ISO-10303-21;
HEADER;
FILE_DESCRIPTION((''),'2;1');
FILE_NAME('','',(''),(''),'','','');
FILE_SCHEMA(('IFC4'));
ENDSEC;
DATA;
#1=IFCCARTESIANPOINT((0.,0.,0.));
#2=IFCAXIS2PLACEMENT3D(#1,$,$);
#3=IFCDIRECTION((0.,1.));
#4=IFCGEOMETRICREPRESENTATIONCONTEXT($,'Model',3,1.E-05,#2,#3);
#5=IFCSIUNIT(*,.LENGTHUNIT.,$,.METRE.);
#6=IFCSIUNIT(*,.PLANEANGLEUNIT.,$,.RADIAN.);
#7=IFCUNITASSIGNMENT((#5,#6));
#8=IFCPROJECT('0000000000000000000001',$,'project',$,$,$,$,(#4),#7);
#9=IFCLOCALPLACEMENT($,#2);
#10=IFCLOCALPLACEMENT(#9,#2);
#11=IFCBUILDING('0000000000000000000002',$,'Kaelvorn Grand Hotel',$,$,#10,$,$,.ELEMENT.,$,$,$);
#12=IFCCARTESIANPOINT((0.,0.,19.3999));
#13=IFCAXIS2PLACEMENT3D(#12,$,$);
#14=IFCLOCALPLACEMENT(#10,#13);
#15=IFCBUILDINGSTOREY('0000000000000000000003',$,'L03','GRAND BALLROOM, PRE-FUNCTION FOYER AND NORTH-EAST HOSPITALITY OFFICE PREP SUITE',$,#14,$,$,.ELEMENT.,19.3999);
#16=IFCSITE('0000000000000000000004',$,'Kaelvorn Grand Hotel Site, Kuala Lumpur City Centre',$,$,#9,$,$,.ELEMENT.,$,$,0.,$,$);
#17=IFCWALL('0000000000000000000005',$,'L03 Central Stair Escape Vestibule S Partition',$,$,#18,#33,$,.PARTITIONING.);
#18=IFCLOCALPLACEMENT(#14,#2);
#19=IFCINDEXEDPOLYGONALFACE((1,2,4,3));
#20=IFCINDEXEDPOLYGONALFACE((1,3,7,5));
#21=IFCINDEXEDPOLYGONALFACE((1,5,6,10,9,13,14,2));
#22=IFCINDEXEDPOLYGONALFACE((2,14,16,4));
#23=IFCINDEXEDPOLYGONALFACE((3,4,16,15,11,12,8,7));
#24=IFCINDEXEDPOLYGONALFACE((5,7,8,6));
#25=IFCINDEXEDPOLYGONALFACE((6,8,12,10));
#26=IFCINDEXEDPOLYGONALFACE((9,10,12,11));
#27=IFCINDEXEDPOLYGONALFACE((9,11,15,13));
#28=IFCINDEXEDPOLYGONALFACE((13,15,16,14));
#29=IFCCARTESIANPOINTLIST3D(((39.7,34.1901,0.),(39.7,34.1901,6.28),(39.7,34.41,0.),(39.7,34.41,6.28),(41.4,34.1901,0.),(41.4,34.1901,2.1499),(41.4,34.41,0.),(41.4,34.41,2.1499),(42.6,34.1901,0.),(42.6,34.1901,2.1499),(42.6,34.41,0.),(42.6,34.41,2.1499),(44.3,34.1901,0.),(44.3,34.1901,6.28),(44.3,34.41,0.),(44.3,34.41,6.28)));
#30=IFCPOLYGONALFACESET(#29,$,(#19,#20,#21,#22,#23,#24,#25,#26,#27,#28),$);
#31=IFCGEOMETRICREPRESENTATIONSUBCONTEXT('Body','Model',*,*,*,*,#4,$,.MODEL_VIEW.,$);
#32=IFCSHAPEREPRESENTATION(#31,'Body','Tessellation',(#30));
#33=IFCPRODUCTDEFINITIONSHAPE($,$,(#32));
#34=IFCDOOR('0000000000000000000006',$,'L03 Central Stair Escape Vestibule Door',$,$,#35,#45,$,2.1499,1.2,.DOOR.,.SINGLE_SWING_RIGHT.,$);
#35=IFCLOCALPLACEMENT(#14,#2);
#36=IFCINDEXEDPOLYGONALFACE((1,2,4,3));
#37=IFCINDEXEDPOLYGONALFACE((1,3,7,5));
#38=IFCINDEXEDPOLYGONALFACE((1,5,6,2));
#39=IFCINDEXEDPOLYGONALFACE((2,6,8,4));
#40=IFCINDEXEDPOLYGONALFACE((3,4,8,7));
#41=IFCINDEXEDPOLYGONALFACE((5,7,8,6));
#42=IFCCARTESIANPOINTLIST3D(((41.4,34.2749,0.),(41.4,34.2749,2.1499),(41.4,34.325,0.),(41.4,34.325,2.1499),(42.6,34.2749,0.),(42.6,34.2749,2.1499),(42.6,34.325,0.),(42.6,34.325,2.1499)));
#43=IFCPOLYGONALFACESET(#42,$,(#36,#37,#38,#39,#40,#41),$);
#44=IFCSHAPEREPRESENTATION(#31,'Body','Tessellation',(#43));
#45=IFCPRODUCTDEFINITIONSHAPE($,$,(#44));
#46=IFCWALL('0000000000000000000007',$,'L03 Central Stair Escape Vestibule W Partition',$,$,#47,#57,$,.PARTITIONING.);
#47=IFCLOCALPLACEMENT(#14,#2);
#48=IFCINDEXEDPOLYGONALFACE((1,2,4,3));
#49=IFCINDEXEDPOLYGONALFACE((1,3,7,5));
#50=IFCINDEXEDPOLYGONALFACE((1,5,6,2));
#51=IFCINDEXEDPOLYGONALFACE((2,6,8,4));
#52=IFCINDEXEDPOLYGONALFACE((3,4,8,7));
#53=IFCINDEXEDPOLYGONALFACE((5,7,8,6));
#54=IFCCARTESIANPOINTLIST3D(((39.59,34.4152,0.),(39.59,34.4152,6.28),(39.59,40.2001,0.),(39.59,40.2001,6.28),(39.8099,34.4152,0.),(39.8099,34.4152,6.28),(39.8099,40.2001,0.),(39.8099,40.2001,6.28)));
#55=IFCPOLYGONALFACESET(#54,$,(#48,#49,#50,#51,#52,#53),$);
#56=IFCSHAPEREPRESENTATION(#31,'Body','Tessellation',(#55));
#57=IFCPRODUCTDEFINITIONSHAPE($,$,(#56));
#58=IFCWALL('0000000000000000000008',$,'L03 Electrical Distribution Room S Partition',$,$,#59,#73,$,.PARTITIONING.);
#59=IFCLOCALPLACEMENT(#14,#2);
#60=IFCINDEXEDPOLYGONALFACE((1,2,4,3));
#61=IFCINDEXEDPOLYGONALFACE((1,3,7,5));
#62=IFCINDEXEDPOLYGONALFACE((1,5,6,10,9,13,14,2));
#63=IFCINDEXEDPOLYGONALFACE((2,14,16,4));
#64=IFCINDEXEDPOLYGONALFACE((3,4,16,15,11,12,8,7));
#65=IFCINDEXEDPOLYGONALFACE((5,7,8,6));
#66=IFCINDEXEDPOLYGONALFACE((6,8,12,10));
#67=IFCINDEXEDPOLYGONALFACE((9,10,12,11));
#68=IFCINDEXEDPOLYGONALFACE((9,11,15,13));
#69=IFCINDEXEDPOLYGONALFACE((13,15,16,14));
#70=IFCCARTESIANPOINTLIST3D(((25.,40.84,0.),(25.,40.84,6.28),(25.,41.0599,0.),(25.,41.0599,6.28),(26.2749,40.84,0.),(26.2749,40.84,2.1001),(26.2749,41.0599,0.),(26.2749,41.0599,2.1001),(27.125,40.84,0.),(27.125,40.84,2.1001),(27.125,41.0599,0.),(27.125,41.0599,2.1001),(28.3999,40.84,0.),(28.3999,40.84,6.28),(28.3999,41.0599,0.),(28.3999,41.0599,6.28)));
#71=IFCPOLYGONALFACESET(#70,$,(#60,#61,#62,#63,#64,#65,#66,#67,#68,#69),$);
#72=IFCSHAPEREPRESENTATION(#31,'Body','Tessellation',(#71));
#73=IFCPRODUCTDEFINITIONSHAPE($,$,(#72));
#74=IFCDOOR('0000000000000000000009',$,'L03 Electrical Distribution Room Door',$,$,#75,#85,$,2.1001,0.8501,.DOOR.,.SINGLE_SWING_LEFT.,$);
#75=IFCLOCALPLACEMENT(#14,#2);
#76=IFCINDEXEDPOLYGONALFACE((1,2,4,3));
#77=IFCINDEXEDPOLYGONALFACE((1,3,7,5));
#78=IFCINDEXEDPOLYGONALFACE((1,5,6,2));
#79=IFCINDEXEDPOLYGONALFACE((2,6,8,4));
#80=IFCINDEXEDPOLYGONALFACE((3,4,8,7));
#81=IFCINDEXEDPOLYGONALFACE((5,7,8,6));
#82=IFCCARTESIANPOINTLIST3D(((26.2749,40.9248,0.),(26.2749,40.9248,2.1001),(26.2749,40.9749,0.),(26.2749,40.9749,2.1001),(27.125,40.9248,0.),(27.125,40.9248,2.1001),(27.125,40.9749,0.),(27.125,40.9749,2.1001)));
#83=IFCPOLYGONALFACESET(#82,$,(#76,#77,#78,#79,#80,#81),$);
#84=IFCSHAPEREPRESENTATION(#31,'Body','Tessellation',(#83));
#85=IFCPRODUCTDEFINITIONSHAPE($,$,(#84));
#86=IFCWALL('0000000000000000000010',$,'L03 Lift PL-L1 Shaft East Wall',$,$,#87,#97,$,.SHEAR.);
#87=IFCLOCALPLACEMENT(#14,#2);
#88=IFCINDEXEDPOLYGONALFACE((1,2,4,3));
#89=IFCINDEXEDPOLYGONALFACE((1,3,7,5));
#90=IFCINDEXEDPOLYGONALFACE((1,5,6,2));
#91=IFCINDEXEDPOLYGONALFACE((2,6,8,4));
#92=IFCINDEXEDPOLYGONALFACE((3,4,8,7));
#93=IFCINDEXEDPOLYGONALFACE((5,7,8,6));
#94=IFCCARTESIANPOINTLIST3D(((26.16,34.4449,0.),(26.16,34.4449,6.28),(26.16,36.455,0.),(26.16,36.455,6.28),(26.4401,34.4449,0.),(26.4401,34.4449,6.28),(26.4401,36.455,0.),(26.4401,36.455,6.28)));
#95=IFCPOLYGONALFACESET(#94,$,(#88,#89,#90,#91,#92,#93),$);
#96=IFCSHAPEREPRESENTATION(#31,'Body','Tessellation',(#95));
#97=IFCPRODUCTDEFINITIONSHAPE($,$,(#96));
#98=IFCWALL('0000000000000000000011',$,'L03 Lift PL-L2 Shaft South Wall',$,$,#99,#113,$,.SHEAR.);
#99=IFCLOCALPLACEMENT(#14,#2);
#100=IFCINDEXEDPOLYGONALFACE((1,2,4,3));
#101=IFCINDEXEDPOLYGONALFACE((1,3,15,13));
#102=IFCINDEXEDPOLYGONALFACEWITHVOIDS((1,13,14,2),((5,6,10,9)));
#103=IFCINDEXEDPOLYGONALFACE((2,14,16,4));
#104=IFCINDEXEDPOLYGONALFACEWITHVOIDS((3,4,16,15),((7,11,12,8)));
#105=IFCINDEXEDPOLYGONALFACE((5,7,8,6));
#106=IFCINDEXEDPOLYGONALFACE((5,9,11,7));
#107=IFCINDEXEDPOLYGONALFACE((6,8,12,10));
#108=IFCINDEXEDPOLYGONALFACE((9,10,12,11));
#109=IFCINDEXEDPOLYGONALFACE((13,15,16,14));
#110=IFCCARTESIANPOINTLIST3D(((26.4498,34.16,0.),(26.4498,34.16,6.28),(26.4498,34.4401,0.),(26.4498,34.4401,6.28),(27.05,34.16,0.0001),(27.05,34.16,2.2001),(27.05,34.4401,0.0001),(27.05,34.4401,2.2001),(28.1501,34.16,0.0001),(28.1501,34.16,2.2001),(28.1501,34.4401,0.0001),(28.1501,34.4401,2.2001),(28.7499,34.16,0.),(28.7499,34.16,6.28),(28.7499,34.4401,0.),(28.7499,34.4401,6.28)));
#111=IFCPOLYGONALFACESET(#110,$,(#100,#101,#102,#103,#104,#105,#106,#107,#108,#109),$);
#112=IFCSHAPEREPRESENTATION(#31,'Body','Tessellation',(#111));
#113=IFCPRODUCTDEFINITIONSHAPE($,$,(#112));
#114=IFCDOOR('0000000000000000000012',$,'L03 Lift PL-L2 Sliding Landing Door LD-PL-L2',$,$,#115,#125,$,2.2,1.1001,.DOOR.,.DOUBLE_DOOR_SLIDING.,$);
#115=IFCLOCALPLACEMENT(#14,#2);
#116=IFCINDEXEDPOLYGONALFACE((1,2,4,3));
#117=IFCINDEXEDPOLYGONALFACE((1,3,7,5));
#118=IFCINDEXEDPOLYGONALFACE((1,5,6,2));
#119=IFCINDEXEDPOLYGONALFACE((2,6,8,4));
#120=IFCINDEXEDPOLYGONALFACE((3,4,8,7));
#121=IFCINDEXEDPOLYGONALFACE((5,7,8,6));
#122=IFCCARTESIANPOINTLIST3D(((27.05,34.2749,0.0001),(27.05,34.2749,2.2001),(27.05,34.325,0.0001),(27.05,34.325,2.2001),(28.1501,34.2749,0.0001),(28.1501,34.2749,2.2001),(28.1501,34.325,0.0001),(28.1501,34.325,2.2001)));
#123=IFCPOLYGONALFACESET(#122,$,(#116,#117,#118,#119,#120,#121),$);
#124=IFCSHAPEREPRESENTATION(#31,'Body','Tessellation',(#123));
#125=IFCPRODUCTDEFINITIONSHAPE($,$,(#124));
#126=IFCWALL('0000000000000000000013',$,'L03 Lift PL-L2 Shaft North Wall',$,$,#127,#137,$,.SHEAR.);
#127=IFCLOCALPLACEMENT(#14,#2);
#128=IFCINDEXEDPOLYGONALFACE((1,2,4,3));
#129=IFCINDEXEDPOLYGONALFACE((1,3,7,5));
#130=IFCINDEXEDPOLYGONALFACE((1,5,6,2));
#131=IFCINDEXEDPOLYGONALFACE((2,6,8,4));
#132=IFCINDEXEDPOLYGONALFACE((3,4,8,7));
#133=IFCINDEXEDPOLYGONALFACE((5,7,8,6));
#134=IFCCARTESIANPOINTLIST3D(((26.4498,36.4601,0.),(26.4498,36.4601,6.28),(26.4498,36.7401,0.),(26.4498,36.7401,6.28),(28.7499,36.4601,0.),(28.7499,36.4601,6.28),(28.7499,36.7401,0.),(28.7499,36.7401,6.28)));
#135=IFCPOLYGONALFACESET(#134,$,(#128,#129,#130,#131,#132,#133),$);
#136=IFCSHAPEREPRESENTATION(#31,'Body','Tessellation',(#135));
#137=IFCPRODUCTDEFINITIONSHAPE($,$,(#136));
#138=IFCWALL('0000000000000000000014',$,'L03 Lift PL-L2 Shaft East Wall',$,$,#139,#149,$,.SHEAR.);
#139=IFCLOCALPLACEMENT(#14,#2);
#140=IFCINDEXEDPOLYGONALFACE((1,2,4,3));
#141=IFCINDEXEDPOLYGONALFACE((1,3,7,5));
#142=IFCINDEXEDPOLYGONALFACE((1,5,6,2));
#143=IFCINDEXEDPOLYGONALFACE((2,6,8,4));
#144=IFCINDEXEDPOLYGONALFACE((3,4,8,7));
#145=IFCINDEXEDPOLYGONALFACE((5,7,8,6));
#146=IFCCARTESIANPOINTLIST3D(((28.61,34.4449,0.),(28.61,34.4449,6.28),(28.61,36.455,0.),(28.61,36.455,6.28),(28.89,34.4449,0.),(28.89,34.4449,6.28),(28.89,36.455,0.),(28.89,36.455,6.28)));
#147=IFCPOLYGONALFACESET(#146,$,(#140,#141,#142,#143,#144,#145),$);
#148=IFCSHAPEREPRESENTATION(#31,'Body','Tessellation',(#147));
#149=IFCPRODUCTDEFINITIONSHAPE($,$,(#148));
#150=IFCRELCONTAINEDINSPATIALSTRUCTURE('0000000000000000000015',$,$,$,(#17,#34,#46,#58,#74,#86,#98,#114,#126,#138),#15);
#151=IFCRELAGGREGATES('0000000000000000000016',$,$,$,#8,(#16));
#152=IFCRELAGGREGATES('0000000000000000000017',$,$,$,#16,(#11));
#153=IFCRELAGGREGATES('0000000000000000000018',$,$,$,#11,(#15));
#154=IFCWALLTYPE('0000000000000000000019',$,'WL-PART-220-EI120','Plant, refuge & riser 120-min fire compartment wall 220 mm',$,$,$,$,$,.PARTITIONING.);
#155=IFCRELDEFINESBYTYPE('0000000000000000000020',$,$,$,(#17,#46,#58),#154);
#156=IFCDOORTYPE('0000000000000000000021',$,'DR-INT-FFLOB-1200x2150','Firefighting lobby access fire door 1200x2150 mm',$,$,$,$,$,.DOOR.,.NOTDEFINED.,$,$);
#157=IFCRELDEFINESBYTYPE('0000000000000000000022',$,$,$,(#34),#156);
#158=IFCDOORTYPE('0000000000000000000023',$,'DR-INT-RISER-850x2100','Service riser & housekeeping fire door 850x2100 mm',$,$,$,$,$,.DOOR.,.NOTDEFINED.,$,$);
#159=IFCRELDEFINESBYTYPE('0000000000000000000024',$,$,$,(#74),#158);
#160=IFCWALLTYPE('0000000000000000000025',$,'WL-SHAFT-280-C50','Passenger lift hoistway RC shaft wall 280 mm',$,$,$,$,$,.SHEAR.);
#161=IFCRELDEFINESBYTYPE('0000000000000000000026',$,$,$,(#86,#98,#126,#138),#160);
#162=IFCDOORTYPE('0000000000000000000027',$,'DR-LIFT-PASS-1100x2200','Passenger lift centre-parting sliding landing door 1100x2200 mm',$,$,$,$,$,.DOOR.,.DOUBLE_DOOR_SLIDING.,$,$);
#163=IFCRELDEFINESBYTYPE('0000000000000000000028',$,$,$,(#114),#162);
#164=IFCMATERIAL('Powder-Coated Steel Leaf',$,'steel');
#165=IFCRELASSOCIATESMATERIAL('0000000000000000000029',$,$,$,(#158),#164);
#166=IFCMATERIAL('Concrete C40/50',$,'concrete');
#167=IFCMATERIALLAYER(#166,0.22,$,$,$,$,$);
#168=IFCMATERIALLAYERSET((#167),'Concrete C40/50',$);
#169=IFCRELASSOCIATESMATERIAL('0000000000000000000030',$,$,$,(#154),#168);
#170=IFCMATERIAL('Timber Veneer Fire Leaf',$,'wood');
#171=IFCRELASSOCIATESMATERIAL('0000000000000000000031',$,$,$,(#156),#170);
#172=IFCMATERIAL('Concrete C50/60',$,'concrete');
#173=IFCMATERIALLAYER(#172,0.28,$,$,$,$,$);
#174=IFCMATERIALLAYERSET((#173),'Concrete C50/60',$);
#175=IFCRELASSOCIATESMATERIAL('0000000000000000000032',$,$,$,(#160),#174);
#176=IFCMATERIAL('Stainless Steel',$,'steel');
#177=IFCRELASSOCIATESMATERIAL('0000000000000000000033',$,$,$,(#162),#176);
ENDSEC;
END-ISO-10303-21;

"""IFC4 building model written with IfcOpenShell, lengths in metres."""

from ifc_helpers import new_model, si_unit, direction, frame, frame_2d, origin, place, context, subcontext, project, spatial, rectangle, extrude, material, layer, layer_set, type_object, element, fill, save


model = new_model("IFC4")

# Units and contexts
model_context = context("Model", 3, precision=1e-05, world=origin(), true_north=direction((0.0, 1.0)))
body_context = subcontext(model_context, "Body", "Model", "MODEL_VIEW")
ifc_project = project(units=[si_unit("LENGTHUNIT", "METRE"), si_unit("PLANEANGLEUNIT", "RADIAN")], contexts=[model_context])

# Site, building, storey
site_placement = place(None, origin())
site = spatial("IfcSite", under=ifc_project, at=site_placement, Name="Kaelvorn Grand Hotel Site, Kuala Lumpur City Centre", CompositionType="ELEMENT", RefElevation=0.0)
building_placement = place(site_placement, origin())
building = spatial("IfcBuilding", under=site, at=building_placement, Name="Kaelvorn Grand Hotel", CompositionType="ELEMENT")
storey_placement = place(building_placement, frame((0.0, 0.0, 19.3999)))
storey = spatial("IfcBuildingStorey", under=building, at=storey_placement, Name="L03", Description="GRAND BALLROOM, PRE-FUNCTION FOYER AND NORTH-EAST HOSPITALITY OFFICE PREP SUITE", CompositionType="ELEMENT", Elevation=19.3999)

# Shared definitions
ifc_material_1 = material(Name="Powder-Coated Steel Leaf", Category="steel")
door_type_1 = type_object("IfcDoorType", Name="DR-INT-RISER-850x2100", Description="Service riser & housekeeping fire door 850x2100 mm", OperationType="NOTDEFINED", PredefinedType="DOOR", material=ifc_material_1)

# Wall, opening, door
ifc_material_2 = material(Name="Concrete C40/50", Category="concrete")
ifc_layer_1 = layer(ifc_material_2, 0.22)
ifc_layer_set_1 = layer_set([ifc_layer_1], Name="Concrete C40/50")
wall_type_1 = type_object("IfcWallType", Name="WL-PART-220-EI120", Description="Plant, refuge & riser 120-min fire compartment wall 220 mm", PredefinedType="PARTITIONING", material=ifc_layer_set_1)
wall_1_placement = place(storey_placement, frame((39.7, 34.3, 0.0), z_axis=(0.0, 0.0, 1.0), x_axis=(1.0, 0.0, 0.0)))
wall_1 = element("IfcWall", 1, at=wall_1_placement, inside=storey, type_object=wall_type_1, Name="L03 Central Stair Escape Vestibule S Partition", PredefinedType="PARTITIONING", context=body_context, shape_type="SweptSolid", body=[
    extrude(rectangle(XDim=4.6001, YDim=0.22, at=frame_2d((2.3, 0.0))), origin(), (0.0, 0.0, 1.0), 6.28),
])
opening_1_placement = place(wall_1_placement, frame((1.7, 0.0, 0.0)))
opening_1 = element("IfcOpeningElement", 2, at=opening_1_placement, cuts=wall_1, PredefinedType="OPENING", context=body_context, shape_type="SweptSolid", body=[
    extrude(rectangle(XDim=1.2, YDim=2.1499, at=frame_2d((0.6001, 1.075))), frame((0.0, 0.1201, 0.0), z_axis=(0.0, -1.0, 0.0), x_axis=(1.0, 0.0, 0.0)), (0.0, 0.0, 1.0), 0.24),
])
ifc_material_3 = material(Name="Timber Veneer Fire Leaf", Category="wood")
door_type_2 = type_object("IfcDoorType", Name="DR-INT-FFLOB-1200x2150", Description="Firefighting lobby access fire door 1200x2150 mm", OperationType="NOTDEFINED", PredefinedType="DOOR", material=ifc_material_3)
door_1_placement = place(opening_1_placement, origin())
door_1 = element("IfcDoor", 3, at=door_1_placement, inside=storey, type_object=door_type_2, Name="L03 Central Stair Escape Vestibule Door", OperationType="SINGLE_SWING_RIGHT", OverallHeight=2.1499, OverallWidth=1.2, PredefinedType="DOOR", context=body_context, shape_type="SweptSolid", body=[
    extrude(rectangle(XDim=1.2, YDim=2.1499, at=frame_2d((0.6001, 1.075))), frame((0.0, 0.0249, 0.0), z_axis=(0.0, -1.0, 0.0), x_axis=(1.0, 0.0, 0.0)), (0.0, 0.0, 1.0), 0.05),
])
fill(opening_1, door_1)

# Wall
wall_2_placement = place(storey_placement, frame((39.7, 34.415, 0.0), z_axis=(0.0, 0.0, 1.0), x_axis=(0.0, 1.0, 0.0)))
element("IfcWall", 4, at=wall_2_placement, inside=storey, type_object=wall_type_1, Name="L03 Central Stair Escape Vestibule W Partition", PredefinedType="PARTITIONING", context=body_context, shape_type="SweptSolid", body=[
    extrude(rectangle(XDim=5.7849, YDim=0.22, at=frame_2d((2.8926, 0.0))), origin(), (0.0, 0.0, 1.0), 6.28),
])

# Wall, opening, door
wall_3_placement = place(storey_placement, frame((25.0, 40.95, 0.0), z_axis=(0.0, 0.0, 1.0), x_axis=(1.0, 0.0, 0.0)))
wall_3 = element("IfcWall", 5, at=wall_3_placement, inside=storey, type_object=wall_type_1, Name="L03 Electrical Distribution Room S Partition", PredefinedType="PARTITIONING", context=body_context, shape_type="SweptSolid", body=[
    extrude(rectangle(XDim=3.3999, YDim=0.22, at=frame_2d((1.7, 0.0))), origin(), (0.0, 0.0, 1.0), 6.28),
])
opening_2_placement = place(wall_3_placement, frame((1.2749, 0.0, 0.0)))
opening_2 = element("IfcOpeningElement", 6, at=opening_2_placement, cuts=wall_3, PredefinedType="OPENING", context=body_context, shape_type="SweptSolid", body=[
    extrude(rectangle(XDim=0.8501, YDim=2.1001, at=frame_2d((0.425, 1.05))), frame((0.0, 0.1201, 0.0), z_axis=(0.0, -1.0, 0.0), x_axis=(1.0, 0.0, 0.0)), (0.0, 0.0, 1.0), 0.24),
])
door_2_placement = place(opening_2_placement, origin())
door_2 = element("IfcDoor", 7, at=door_2_placement, inside=storey, type_object=door_type_1, Name="L03 Electrical Distribution Room Door", OperationType="SINGLE_SWING_LEFT", OverallHeight=2.1001, OverallWidth=0.8501, PredefinedType="DOOR", context=body_context, shape_type="SweptSolid", body=[
    extrude(rectangle(XDim=0.8501, YDim=2.1001, at=frame_2d((0.425, 1.05))), frame((0.0, 0.0249, 0.0), z_axis=(0.0, -1.0, 0.0), x_axis=(1.0, 0.0, 0.0)), (0.0, 0.0, 1.0), 0.05),
])
fill(opening_2, door_2)

# Wall
ifc_material_4 = material(Name="Concrete C50/60", Category="concrete")
ifc_layer_2 = layer(ifc_material_4, 0.28)
ifc_layer_set_2 = layer_set([ifc_layer_2], Name="Concrete C50/60")
wall_type_2 = type_object("IfcWallType", Name="WL-SHAFT-280-C50", Description="Passenger lift hoistway RC shaft wall 280 mm", PredefinedType="SHEAR", material=ifc_layer_set_2)
wall_4_placement = place(storey_placement, frame((26.3, 34.4451, 0.0), z_axis=(0.0, 0.0, 1.0), x_axis=(0.0, 1.0, 0.0)))
element("IfcWall", 8, at=wall_4_placement, inside=storey, type_object=wall_type_2, Name="L03 Lift PL-L1 Shaft East Wall", PredefinedType="SHEAR", context=body_context, shape_type="SweptSolid", body=[
    extrude(rectangle(XDim=2.01, YDim=0.28, at=frame_2d((1.0049, 0.0))), origin(), (0.0, 0.0, 1.0), 6.28),
])

# Wall, opening, door
wall_5_placement = place(storey_placement, frame((26.45, 34.3, 0.0), z_axis=(0.0, 0.0, 1.0), x_axis=(1.0, 0.0, 0.0)))
wall_5 = element("IfcWall", 9, at=wall_5_placement, inside=storey, type_object=wall_type_2, Name="L03 Lift PL-L2 Shaft South Wall", PredefinedType="SHEAR", context=body_context, shape_type="SweptSolid", body=[
    extrude(rectangle(XDim=2.3, YDim=0.28, at=frame_2d((1.1499, 0.0))), origin(), (0.0, 0.0, 1.0), 6.28),
])
opening_3_placement = place(wall_5_placement, frame((0.6001, 0.0, 0.0)))
opening_3 = element("IfcOpeningElement", 10, at=opening_3_placement, cuts=wall_5, PredefinedType="OPENING", context=body_context, shape_type="SweptSolid", body=[
    extrude(rectangle(XDim=1.1001, YDim=2.2, at=frame_2d((0.55, 1.1001))), frame((0.0, 0.1499, 0.0), z_axis=(0.0, -1.0, 0.0), x_axis=(1.0, 0.0, 0.0)), (0.0, 0.0, 1.0), 0.3),
])
ifc_material_5 = material(Name="Stainless Steel", Category="steel")
door_type_3 = type_object("IfcDoorType", Name="DR-LIFT-PASS-1100x2200", Description="Passenger lift centre-parting sliding landing door 1100x2200 mm", OperationType="DOUBLE_DOOR_SLIDING", PredefinedType="DOOR", material=ifc_material_5)
door_3_placement = place(opening_3_placement, origin())
door_3 = element("IfcDoor", 11, at=door_3_placement, inside=storey, type_object=door_type_3, Name="L03 Lift PL-L2 Sliding Landing Door LD-PL-L2", OperationType="DOUBLE_DOOR_SLIDING", OverallHeight=2.2, OverallWidth=1.1001, PredefinedType="DOOR", context=body_context, shape_type="SweptSolid", body=[
    extrude(rectangle(XDim=1.1001, YDim=2.2, at=frame_2d((0.55, 1.1001))), frame((0.0, 0.0249, 0.0), z_axis=(0.0, -1.0, 0.0), x_axis=(1.0, 0.0, 0.0)), (0.0, 0.0, 1.0), 0.05),
])
fill(opening_3, door_3)

# Walls
wall_6_placement = place(storey_placement, frame((26.45, 36.6001, 0.0), z_axis=(0.0, 0.0, 1.0), x_axis=(1.0, 0.0, 0.0)))
element("IfcWall", 12, at=wall_6_placement, inside=storey, type_object=wall_type_2, Name="L03 Lift PL-L2 Shaft North Wall", PredefinedType="SHEAR", context=body_context, shape_type="SweptSolid", body=[
    extrude(rectangle(XDim=2.3, YDim=0.28, at=frame_2d((1.1499, 0.0))), origin(), (0.0, 0.0, 1.0), 6.28),
])
wall_7_placement = place(storey_placement, frame((28.75, 34.4451, 0.0), z_axis=(0.0, 0.0, 1.0), x_axis=(0.0, 1.0, 0.0)))
element("IfcWall", 13, at=wall_7_placement, inside=storey, type_object=wall_type_2, Name="L03 Lift PL-L2 Shaft East Wall", PredefinedType="SHEAR", context=body_context, shape_type="SweptSolid", body=[
    extrude(rectangle(XDim=2.01, YDim=0.28, at=frame_2d((1.0049, 0.0))), origin(), (0.0, 0.0, 1.0), 6.28),
])

save(model, "model.ifc")
